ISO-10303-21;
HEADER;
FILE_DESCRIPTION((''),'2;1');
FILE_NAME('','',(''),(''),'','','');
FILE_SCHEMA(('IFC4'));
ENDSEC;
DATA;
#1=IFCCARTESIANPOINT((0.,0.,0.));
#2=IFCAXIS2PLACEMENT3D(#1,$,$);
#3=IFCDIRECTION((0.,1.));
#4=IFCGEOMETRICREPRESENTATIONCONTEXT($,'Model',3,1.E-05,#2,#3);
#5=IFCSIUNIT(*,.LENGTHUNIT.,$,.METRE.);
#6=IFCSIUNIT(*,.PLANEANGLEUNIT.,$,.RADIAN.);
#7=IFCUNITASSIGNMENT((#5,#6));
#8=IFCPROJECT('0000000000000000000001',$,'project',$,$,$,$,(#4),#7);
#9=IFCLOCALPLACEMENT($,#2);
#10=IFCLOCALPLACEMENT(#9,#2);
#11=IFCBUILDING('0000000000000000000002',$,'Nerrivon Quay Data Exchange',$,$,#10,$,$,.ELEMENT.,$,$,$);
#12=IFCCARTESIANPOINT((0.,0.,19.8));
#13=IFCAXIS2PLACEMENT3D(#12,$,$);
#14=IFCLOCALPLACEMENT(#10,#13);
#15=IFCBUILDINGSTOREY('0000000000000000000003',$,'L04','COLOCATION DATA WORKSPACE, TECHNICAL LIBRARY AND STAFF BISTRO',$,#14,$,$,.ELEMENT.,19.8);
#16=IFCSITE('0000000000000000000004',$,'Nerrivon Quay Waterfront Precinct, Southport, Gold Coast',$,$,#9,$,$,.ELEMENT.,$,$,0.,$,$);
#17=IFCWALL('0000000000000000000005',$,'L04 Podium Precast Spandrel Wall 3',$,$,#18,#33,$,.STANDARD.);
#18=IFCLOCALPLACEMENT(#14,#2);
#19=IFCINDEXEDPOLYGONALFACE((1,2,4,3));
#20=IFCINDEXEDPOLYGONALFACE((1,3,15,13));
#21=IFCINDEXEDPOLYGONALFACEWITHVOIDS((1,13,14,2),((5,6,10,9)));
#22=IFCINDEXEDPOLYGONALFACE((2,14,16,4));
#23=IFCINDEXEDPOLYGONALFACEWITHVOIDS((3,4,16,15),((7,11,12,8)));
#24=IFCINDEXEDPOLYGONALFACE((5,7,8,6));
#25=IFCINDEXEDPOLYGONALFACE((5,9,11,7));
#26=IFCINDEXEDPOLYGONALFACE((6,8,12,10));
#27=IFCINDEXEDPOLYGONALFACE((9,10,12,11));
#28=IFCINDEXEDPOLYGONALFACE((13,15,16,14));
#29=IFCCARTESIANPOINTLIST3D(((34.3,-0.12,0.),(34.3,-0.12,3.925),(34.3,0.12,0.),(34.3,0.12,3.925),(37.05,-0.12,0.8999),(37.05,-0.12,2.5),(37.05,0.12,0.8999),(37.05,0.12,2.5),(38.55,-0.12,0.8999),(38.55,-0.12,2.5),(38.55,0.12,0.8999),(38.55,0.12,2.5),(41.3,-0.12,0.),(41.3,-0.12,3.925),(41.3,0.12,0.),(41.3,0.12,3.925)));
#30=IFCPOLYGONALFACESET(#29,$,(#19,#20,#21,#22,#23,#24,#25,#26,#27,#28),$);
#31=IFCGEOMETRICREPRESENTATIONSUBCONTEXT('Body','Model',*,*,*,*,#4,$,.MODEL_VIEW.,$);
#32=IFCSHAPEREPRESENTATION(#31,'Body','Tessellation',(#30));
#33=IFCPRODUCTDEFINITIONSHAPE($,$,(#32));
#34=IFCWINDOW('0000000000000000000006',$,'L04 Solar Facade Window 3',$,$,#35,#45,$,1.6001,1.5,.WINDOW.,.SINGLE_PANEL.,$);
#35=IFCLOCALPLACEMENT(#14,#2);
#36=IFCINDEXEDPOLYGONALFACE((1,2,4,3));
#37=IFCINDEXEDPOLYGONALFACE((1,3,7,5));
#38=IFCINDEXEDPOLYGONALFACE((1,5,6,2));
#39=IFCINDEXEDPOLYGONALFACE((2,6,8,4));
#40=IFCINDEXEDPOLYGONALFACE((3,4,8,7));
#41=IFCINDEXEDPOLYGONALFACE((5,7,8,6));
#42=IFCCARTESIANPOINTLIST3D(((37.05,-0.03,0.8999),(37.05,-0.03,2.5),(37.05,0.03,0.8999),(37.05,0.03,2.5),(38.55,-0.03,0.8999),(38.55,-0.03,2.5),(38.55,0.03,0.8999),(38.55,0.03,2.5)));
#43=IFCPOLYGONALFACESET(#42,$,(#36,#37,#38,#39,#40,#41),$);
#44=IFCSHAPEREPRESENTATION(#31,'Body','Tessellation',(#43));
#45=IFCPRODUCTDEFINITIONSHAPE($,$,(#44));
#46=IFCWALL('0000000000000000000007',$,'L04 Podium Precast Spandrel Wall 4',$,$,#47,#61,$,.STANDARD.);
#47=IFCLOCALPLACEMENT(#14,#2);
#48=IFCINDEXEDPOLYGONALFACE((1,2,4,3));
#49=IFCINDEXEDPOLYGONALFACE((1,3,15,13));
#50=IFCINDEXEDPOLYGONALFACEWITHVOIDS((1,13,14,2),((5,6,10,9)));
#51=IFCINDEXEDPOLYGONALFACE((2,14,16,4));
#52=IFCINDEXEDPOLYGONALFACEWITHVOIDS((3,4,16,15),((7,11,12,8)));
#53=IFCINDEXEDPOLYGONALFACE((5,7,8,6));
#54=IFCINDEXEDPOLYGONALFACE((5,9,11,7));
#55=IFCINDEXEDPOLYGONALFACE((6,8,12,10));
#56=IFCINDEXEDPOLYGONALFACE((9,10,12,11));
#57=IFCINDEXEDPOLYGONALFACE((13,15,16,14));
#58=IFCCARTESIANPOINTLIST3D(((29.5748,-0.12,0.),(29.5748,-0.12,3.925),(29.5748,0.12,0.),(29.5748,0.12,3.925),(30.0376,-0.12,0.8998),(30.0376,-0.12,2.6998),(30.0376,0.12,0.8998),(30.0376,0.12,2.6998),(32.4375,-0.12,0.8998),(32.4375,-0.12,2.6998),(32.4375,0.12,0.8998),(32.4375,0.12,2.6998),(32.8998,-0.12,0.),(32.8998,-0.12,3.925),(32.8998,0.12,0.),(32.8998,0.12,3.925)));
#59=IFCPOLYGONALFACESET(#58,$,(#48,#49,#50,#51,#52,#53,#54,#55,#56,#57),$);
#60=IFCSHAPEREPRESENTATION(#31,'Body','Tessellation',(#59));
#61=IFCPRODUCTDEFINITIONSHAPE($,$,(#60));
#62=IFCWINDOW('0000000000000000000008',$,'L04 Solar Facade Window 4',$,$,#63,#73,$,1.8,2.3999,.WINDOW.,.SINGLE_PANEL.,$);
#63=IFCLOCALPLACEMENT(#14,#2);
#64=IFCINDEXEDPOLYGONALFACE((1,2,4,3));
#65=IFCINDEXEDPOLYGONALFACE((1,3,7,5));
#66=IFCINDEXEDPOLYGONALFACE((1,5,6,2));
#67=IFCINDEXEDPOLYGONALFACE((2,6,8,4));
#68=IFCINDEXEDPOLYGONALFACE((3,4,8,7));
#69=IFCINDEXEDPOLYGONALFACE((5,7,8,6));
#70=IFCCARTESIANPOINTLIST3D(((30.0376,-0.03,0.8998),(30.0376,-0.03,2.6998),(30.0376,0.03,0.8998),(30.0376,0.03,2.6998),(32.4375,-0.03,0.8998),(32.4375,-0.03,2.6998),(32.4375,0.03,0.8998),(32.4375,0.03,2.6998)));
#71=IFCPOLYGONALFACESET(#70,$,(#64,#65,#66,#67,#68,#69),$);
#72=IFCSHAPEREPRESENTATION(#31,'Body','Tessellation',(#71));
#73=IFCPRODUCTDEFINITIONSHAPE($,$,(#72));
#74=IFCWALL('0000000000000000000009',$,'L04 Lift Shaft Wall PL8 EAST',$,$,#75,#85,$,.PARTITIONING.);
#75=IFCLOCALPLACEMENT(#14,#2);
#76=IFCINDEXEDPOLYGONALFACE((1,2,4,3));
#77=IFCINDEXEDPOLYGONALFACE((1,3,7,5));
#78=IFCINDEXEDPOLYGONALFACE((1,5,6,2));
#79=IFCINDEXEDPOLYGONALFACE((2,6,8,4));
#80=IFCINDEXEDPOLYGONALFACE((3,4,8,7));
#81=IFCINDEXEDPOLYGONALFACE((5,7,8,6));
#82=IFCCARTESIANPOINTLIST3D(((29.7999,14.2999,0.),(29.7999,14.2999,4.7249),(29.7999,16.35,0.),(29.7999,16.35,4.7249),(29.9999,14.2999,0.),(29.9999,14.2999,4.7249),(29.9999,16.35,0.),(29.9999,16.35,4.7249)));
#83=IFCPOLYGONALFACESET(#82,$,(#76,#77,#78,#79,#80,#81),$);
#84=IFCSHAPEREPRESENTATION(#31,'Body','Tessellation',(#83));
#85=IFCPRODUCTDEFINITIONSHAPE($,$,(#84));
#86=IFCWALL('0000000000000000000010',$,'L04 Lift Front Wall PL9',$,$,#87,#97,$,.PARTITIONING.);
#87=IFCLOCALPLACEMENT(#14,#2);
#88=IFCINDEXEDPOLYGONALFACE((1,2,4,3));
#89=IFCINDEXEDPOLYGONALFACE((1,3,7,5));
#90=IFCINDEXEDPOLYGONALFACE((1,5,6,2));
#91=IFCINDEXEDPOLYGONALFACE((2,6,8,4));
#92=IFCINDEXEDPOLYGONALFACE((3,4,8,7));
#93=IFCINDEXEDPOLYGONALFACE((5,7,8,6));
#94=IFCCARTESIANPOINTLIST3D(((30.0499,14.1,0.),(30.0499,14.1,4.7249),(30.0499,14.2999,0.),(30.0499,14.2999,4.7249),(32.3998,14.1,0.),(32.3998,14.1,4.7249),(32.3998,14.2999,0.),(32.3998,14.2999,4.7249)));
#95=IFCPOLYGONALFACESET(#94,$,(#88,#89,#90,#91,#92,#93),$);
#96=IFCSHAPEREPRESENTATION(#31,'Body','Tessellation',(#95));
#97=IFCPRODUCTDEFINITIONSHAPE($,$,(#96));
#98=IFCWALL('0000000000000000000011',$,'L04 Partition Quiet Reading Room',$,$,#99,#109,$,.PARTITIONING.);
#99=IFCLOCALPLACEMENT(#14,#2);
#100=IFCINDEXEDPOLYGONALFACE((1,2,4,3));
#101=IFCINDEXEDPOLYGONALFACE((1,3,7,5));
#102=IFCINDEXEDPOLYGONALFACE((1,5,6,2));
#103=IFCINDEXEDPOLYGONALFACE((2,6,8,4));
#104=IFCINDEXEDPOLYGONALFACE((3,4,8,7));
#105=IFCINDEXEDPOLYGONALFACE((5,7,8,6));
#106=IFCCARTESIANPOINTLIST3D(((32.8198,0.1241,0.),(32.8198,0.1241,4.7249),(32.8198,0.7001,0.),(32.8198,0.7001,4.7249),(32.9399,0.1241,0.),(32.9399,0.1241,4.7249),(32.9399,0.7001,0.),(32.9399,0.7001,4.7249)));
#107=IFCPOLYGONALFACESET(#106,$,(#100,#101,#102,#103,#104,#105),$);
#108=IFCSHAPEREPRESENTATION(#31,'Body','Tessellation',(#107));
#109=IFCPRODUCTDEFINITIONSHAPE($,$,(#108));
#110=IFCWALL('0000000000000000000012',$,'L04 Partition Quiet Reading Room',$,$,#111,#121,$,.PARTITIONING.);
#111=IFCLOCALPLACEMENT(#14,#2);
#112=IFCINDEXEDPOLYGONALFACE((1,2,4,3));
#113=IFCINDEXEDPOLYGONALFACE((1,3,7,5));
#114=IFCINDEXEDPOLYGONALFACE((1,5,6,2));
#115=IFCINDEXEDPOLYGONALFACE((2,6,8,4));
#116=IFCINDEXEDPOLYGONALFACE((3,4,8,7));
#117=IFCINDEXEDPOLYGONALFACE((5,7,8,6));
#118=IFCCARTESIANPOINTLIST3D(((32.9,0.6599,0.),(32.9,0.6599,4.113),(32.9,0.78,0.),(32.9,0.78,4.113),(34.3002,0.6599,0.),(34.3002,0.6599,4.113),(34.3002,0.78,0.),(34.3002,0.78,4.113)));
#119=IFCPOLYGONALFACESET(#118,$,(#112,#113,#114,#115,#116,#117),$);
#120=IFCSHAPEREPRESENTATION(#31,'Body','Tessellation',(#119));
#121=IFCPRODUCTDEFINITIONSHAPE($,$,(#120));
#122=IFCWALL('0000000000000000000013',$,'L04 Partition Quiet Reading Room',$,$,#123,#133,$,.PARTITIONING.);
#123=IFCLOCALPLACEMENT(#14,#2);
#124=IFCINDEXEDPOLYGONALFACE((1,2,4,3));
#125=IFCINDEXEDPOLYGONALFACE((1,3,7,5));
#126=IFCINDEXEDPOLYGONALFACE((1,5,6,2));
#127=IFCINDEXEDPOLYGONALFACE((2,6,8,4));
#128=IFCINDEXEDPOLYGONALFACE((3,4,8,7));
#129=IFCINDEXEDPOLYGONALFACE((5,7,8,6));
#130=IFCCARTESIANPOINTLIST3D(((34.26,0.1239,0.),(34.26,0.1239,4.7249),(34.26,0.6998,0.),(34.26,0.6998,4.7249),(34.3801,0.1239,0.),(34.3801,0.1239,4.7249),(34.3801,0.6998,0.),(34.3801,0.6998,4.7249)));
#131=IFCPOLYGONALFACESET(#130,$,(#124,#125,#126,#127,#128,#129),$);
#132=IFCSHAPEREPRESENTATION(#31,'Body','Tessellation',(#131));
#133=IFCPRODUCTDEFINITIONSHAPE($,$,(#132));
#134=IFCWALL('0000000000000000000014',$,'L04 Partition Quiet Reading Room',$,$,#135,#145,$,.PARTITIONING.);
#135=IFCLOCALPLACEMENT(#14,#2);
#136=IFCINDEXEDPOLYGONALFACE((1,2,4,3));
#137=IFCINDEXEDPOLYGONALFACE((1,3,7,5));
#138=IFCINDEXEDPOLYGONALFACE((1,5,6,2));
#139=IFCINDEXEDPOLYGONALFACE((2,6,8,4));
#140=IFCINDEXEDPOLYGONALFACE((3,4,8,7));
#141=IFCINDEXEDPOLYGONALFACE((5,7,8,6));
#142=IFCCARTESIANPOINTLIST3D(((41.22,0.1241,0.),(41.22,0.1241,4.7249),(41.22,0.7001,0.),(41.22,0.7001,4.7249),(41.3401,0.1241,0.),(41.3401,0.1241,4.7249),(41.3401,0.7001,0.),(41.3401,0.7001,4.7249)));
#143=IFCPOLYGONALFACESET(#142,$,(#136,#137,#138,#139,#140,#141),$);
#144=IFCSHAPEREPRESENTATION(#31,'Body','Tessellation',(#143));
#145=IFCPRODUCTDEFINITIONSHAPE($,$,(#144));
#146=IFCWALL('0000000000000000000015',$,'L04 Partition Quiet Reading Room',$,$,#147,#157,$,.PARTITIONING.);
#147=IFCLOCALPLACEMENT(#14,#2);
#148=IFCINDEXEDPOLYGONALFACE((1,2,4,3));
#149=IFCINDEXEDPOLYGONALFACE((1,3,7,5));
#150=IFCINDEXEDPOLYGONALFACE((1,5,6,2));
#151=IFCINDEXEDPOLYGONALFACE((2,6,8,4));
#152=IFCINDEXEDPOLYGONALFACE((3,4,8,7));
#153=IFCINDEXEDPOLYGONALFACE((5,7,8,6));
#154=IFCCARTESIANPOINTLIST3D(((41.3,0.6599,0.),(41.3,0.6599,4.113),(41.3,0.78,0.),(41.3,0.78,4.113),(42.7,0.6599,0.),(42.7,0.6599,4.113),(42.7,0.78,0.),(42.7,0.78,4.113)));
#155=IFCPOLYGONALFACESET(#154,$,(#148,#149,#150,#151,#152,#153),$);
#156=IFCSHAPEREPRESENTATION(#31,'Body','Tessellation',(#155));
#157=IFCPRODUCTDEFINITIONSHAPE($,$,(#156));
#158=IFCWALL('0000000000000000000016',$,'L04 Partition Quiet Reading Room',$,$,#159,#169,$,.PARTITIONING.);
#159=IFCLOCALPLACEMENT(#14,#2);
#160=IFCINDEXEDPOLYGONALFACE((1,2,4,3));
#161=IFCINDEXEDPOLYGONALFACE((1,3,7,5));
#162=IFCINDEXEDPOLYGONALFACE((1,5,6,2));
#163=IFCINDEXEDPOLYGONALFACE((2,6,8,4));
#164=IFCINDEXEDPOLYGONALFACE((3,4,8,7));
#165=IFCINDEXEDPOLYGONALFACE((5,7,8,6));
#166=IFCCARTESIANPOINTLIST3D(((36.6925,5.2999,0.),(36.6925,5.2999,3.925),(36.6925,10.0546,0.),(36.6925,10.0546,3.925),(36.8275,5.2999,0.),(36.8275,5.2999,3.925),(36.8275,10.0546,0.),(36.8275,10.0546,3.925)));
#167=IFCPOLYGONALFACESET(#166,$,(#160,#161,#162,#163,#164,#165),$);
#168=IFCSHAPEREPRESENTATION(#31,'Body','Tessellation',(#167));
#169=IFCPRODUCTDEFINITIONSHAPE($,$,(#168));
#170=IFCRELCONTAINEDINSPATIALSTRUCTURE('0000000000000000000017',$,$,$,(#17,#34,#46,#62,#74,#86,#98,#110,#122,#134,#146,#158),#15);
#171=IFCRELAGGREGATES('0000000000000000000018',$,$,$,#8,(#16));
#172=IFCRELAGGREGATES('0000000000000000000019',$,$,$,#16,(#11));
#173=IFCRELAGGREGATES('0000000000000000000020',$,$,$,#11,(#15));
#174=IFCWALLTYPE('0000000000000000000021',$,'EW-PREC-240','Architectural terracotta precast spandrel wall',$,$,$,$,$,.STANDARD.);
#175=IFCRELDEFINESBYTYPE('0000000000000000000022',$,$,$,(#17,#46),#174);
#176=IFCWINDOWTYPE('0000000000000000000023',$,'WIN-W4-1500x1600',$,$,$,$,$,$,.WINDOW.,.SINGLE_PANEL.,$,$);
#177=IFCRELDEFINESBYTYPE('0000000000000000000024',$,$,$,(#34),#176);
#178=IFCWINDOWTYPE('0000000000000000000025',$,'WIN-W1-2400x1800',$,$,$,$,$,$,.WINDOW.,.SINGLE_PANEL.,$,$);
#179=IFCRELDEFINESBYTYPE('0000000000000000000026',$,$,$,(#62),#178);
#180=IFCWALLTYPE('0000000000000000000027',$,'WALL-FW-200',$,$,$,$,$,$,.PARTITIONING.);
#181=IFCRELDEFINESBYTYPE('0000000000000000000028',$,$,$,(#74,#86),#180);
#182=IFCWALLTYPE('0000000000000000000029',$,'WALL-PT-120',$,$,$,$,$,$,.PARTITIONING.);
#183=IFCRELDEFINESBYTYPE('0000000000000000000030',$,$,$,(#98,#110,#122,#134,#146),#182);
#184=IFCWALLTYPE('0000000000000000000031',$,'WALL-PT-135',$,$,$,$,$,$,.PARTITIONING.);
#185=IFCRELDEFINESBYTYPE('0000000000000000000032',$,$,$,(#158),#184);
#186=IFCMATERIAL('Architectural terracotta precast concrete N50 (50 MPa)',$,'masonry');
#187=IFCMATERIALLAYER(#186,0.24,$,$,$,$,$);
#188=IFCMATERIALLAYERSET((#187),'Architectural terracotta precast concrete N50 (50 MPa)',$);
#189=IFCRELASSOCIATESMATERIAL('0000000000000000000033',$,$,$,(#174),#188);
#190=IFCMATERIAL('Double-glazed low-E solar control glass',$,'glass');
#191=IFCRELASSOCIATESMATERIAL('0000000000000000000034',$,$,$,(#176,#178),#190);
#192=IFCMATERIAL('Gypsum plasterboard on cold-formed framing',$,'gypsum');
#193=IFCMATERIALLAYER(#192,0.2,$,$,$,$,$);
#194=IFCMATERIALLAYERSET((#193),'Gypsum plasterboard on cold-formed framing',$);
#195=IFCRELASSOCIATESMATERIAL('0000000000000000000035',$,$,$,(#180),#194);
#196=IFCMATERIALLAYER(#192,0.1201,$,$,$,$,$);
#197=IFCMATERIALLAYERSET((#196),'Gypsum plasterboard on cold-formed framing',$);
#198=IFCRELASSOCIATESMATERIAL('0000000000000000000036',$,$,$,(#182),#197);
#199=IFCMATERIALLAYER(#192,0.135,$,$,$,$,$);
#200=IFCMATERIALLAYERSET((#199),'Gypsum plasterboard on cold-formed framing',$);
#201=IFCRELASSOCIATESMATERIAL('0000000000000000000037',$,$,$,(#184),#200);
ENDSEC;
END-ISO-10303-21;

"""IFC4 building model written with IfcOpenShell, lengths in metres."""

from ifc_helpers import new_model, si_unit, direction, frame, frame_2d, origin, place, context, subcontext, project, spatial, rectangle, extrude, material, layer, layer_set, type_object, element, fill, save


model = new_model("IFC4")

# Units and contexts
model_context = context("Model", 3, precision=1e-05, world=origin(), true_north=direction((0.0, 1.0)))
body_context = subcontext(model_context, "Body", "Model", "MODEL_VIEW")
ifc_project = project(units=[si_unit("LENGTHUNIT", "METRE"), si_unit("PLANEANGLEUNIT", "RADIAN")], contexts=[model_context])

# Site, building, storey
site_placement = place(None, origin())
site = spatial("IfcSite", under=ifc_project, at=site_placement, Name="Nerrivon Quay Waterfront Precinct, Southport, Gold Coast", CompositionType="ELEMENT", RefElevation=0.0)
building_placement = place(site_placement, origin())
building = spatial("IfcBuilding", under=site, at=building_placement, Name="Nerrivon Quay Data Exchange", CompositionType="ELEMENT")
storey_placement = place(building_placement, frame((0.0, 0.0, 19.8)))
storey = spatial("IfcBuildingStorey", under=building, at=storey_placement, Name="L04", Description="COLOCATION DATA WORKSPACE, TECHNICAL LIBRARY AND STAFF BISTRO", CompositionType="ELEMENT", Elevation=19.8)

# Walls, openings, windows
ifc_material_1 = material(Name="Architectural terracotta precast concrete N50 (50 MPa)", Category="masonry")
ifc_layer_1 = layer(ifc_material_1, 0.24)
ifc_layer_set_1 = layer_set([ifc_layer_1], Name="Architectural terracotta precast concrete N50 (50 MPa)")
wall_type_1 = type_object("IfcWallType", Name="EW-PREC-240", Description="Architectural terracotta precast spandrel wall", PredefinedType="STANDARD", material=ifc_layer_set_1)
wall_1_placement = place(storey_placement, frame((41.3, 0.0, 0.0), z_axis=(0.0, 0.0, 1.0), x_axis=(-1.0, 0.0, 0.0)))
wall_1 = element("IfcWall", 1, at=wall_1_placement, inside=storey, type_object=wall_type_1, Name="L04 Podium Precast Spandrel Wall 3", PredefinedType="STANDARD", context=body_context, shape_type="SweptSolid", body=[
    extrude(rectangle(XDim=7.0, YDim=0.24, at=frame_2d((3.5, 0.0))), origin(), (0.0, 0.0, 1.0), 3.925),
])
opening_1_placement = place(wall_1_placement, frame((2.75, 0.0, 0.8999)))
opening_1 = element("IfcOpeningElement", 2, at=opening_1_placement, cuts=wall_1, PredefinedType="OPENING", context=body_context, shape_type="SweptSolid", body=[
    extrude(rectangle(XDim=1.5, YDim=1.6001, at=frame_2d((0.75, 0.8))), frame((0.0, 0.1299, 0.0), z_axis=(0.0, -1.0, 0.0), x_axis=(1.0, 0.0, 0.0)), (0.0, 0.0, 1.0), 0.26),
])
ifc_material_2 = material(Name="Double-glazed low-E solar control glass", Category="glass")
window_type_1 = type_object("IfcWindowType", Name="WIN-W4-1500x1600", PartitioningType="SINGLE_PANEL", PredefinedType="WINDOW", material=ifc_material_2)
window_1_placement = place(opening_1_placement, origin())
window_1 = element("IfcWindow", 3, at=window_1_placement, inside=storey, type_object=window_type_1, Name="L04 Solar Facade Window 3", OverallHeight=1.6001, OverallWidth=1.5, PartitioningType="SINGLE_PANEL", PredefinedType="WINDOW", context=body_context, shape_type="SweptSolid", body=[
    extrude(rectangle(XDim=1.5, YDim=1.6001, at=frame_2d((0.75, 0.8))), frame((0.0, 0.03, 0.0), z_axis=(0.0, -1.0, 0.0), x_axis=(1.0, 0.0, 0.0)), (0.0, 0.0, 1.0), 0.0601),
])
fill(opening_1, window_1)
wall_2_placement = place(storey_placement, frame((32.8999, 0.0, 0.0), z_axis=(0.0, 0.0, 1.0), x_axis=(-1.0, 0.0, 0.0)))
wall_2 = element("IfcWall", 4, at=wall_2_placement, inside=storey, type_object=wall_type_1, Name="L04 Podium Precast Spandrel Wall 4", PredefinedType="STANDARD", context=body_context, shape_type="SweptSolid", body=[
    extrude(rectangle(XDim=3.325, YDim=0.24, at=frame_2d((1.6626, 0.0))), origin(), (0.0, 0.0, 1.0), 3.925),
])
opening_2_placement = place(wall_2_placement, frame((0.4624, 0.0, 0.8999)))
opening_2 = element("IfcOpeningElement", 5, at=opening_2_placement, cuts=wall_2, PredefinedType="OPENING", context=body_context, shape_type="SweptSolid", body=[
    extrude(rectangle(XDim=2.3999, YDim=1.8, at=frame_2d((1.2, 0.8999))), frame((0.0, 0.1299, 0.0), z_axis=(0.0, -1.0, 0.0), x_axis=(1.0, 0.0, 0.0)), (0.0, 0.0, 1.0), 0.26),
])
window_type_2 = type_object("IfcWindowType", Name="WIN-W1-2400x1800", PartitioningType="SINGLE_PANEL", PredefinedType="WINDOW", material=ifc_material_2)
window_2_placement = place(opening_2_placement, origin())
window_2 = element("IfcWindow", 6, at=window_2_placement, inside=storey, type_object=window_type_2, Name="L04 Solar Facade Window 4", OverallHeight=1.8, OverallWidth=2.3999, PartitioningType="SINGLE_PANEL", PredefinedType="WINDOW", context=body_context, shape_type="SweptSolid", body=[
    extrude(rectangle(XDim=2.3999, YDim=1.8, at=frame_2d((1.2, 0.8999))), frame((0.0, 0.03, 0.0), z_axis=(0.0, -1.0, 0.0), x_axis=(1.0, 0.0, 0.0)), (0.0, 0.0, 1.0), 0.0601),
])
fill(opening_2, window_2)

# Walls
ifc_material_3 = material(Name="Gypsum plasterboard on cold-formed framing", Category="gypsum")
ifc_layer_2 = layer(ifc_material_3, 0.2)
ifc_layer_set_2 = layer_set([ifc_layer_2], Name="Gypsum plasterboard on cold-formed framing")
wall_type_2 = type_object("IfcWallType", Name="WALL-FW-200", PredefinedType="PARTITIONING", material=ifc_layer_set_2)
wall_3_placement = place(storey_placement, frame((29.8999, 14.3, 0.0), z_axis=(0.0, 0.0, 1.0), x_axis=(0.0, 1.0, 0.0)))
element("IfcWall", 7, at=wall_3_placement, inside=storey, type_object=wall_type_2, Name="L04 Lift Shaft Wall PL8 EAST", PredefinedType="PARTITIONING", context=body_context, shape_type="SweptSolid", body=[
    extrude(rectangle(XDim=2.05, YDim=0.2, at=frame_2d((1.0249, 0.0))), origin(), (0.0, 0.0, 1.0), 4.7249),
])
wall_4_placement = place(storey_placement, frame((30.05, 14.2, 0.0), z_axis=(0.0, 0.0, 1.0), x_axis=(1.0, 0.0, 0.0)))
element("IfcWall", 8, at=wall_4_placement, inside=storey, type_object=wall_type_2, Name="L04 Lift Front Wall PL9", PredefinedType="PARTITIONING", context=body_context, shape_type="SweptSolid", body=[
    extrude(rectangle(XDim=2.3499, YDim=0.2, at=frame_2d((1.1748, 0.0))), origin(), (0.0, 0.0, 1.0), 4.7249),
])

# Walls
ifc_layer_3 = layer(ifc_material_3, 0.1201)
ifc_layer_set_3 = layer_set([ifc_layer_3], Name="Gypsum plasterboard on cold-formed framing")
wall_type_3 = type_object("IfcWallType", Name="WALL-PT-120", PredefinedType="PARTITIONING", material=ifc_layer_set_3)
wall_5_placement = place(storey_placement, frame((32.8799, 0.124, 0.0), z_axis=(0.0, 0.0, 1.0), x_axis=(0.0, 1.0, 0.0)))
element("IfcWall", 9, at=wall_5_placement, inside=storey, type_object=wall_type_3, Name="L04 Partition Quiet Reading Room", PredefinedType="PARTITIONING", context=body_context, shape_type="SweptSolid", body=[
    extrude(rectangle(XDim=0.5759, YDim=0.1201, at=frame_2d((0.2881, 0.0))), origin(), (0.0, 0.0, 1.0), 4.7249),
])
wall_6_placement = place(storey_placement, frame((32.8999, 0.72, 0.0), z_axis=(0.0, 0.0, 1.0), x_axis=(1.0, 0.0, 0.0)))
element("IfcWall", 10, at=wall_6_placement, inside=storey, type_object=wall_type_3, Name="L04 Partition Quiet Reading Room", PredefinedType="PARTITIONING", context=body_context, shape_type="SweptSolid", body=[
    extrude(rectangle(XDim=1.4001, YDim=0.1201, at=frame_2d((0.7002, 0.0))), origin(), (0.0, 0.0, 1.0), 4.113),
])
for number, where, z_axis, x_axis, name in (
    (11, (34.3201, 0.7, 0.0), (0.0, 0.0, 1.0), (0.0, -1.0, 0.0), "L04 Partition Quiet Reading Room"),
    (12, (41.28, 0.124, 0.0), (0.0, 0.0, 1.0), (0.0, 1.0, 0.0), "L04 Partition Quiet Reading Room"),
):
    element("IfcWall", number, at=place(storey_placement, frame(where, z_axis=z_axis, x_axis=x_axis)), inside=storey, type_object=wall_type_3, Name=name, PredefinedType="PARTITIONING", context=body_context, shape_type="SweptSolid", body=[
        extrude(rectangle(XDim=0.5759, YDim=0.1201, at=frame_2d((0.2881, 0.0))), origin(), (0.0, 0.0, 1.0), 4.7249),
    ])
wall_7_placement = place(storey_placement, frame((41.3, 0.72, 0.0), z_axis=(0.0, 0.0, 1.0), x_axis=(1.0, 0.0, 0.0)))
element("IfcWall", 13, at=wall_7_placement, inside=storey, type_object=wall_type_3, Name="L04 Partition Quiet Reading Room", PredefinedType="PARTITIONING", context=body_context, shape_type="SweptSolid", body=[
    extrude(rectangle(XDim=1.3999, YDim=0.1201, at=frame_2d((0.7, 0.0))), origin(), (0.0, 0.0, 1.0), 4.113),
])
ifc_layer_4 = layer(ifc_material_3, 0.135)
ifc_layer_set_4 = layer_set([ifc_layer_4], Name="Gypsum plasterboard on cold-formed framing")
wall_type_4 = type_object("IfcWallType", Name="WALL-PT-135", PredefinedType="PARTITIONING", material=ifc_layer_set_4)
wall_8_placement = place(storey_placement, frame((36.76, 10.0547, 0.0), z_axis=(0.0, 0.0, 1.0), x_axis=(0.0, -1.0, 0.0)))
element("IfcWall", 14, at=wall_8_placement, inside=storey, type_object=wall_type_4, Name="L04 Partition Quiet Reading Room", PredefinedType="PARTITIONING", context=body_context, shape_type="SweptSolid", body=[
    extrude(rectangle(XDim=4.7546, YDim=0.135, at=frame_2d((2.3774, 0.0))), origin(), (0.0, 0.0, 1.0), 3.925),
])

save(model, "model.ifc")
